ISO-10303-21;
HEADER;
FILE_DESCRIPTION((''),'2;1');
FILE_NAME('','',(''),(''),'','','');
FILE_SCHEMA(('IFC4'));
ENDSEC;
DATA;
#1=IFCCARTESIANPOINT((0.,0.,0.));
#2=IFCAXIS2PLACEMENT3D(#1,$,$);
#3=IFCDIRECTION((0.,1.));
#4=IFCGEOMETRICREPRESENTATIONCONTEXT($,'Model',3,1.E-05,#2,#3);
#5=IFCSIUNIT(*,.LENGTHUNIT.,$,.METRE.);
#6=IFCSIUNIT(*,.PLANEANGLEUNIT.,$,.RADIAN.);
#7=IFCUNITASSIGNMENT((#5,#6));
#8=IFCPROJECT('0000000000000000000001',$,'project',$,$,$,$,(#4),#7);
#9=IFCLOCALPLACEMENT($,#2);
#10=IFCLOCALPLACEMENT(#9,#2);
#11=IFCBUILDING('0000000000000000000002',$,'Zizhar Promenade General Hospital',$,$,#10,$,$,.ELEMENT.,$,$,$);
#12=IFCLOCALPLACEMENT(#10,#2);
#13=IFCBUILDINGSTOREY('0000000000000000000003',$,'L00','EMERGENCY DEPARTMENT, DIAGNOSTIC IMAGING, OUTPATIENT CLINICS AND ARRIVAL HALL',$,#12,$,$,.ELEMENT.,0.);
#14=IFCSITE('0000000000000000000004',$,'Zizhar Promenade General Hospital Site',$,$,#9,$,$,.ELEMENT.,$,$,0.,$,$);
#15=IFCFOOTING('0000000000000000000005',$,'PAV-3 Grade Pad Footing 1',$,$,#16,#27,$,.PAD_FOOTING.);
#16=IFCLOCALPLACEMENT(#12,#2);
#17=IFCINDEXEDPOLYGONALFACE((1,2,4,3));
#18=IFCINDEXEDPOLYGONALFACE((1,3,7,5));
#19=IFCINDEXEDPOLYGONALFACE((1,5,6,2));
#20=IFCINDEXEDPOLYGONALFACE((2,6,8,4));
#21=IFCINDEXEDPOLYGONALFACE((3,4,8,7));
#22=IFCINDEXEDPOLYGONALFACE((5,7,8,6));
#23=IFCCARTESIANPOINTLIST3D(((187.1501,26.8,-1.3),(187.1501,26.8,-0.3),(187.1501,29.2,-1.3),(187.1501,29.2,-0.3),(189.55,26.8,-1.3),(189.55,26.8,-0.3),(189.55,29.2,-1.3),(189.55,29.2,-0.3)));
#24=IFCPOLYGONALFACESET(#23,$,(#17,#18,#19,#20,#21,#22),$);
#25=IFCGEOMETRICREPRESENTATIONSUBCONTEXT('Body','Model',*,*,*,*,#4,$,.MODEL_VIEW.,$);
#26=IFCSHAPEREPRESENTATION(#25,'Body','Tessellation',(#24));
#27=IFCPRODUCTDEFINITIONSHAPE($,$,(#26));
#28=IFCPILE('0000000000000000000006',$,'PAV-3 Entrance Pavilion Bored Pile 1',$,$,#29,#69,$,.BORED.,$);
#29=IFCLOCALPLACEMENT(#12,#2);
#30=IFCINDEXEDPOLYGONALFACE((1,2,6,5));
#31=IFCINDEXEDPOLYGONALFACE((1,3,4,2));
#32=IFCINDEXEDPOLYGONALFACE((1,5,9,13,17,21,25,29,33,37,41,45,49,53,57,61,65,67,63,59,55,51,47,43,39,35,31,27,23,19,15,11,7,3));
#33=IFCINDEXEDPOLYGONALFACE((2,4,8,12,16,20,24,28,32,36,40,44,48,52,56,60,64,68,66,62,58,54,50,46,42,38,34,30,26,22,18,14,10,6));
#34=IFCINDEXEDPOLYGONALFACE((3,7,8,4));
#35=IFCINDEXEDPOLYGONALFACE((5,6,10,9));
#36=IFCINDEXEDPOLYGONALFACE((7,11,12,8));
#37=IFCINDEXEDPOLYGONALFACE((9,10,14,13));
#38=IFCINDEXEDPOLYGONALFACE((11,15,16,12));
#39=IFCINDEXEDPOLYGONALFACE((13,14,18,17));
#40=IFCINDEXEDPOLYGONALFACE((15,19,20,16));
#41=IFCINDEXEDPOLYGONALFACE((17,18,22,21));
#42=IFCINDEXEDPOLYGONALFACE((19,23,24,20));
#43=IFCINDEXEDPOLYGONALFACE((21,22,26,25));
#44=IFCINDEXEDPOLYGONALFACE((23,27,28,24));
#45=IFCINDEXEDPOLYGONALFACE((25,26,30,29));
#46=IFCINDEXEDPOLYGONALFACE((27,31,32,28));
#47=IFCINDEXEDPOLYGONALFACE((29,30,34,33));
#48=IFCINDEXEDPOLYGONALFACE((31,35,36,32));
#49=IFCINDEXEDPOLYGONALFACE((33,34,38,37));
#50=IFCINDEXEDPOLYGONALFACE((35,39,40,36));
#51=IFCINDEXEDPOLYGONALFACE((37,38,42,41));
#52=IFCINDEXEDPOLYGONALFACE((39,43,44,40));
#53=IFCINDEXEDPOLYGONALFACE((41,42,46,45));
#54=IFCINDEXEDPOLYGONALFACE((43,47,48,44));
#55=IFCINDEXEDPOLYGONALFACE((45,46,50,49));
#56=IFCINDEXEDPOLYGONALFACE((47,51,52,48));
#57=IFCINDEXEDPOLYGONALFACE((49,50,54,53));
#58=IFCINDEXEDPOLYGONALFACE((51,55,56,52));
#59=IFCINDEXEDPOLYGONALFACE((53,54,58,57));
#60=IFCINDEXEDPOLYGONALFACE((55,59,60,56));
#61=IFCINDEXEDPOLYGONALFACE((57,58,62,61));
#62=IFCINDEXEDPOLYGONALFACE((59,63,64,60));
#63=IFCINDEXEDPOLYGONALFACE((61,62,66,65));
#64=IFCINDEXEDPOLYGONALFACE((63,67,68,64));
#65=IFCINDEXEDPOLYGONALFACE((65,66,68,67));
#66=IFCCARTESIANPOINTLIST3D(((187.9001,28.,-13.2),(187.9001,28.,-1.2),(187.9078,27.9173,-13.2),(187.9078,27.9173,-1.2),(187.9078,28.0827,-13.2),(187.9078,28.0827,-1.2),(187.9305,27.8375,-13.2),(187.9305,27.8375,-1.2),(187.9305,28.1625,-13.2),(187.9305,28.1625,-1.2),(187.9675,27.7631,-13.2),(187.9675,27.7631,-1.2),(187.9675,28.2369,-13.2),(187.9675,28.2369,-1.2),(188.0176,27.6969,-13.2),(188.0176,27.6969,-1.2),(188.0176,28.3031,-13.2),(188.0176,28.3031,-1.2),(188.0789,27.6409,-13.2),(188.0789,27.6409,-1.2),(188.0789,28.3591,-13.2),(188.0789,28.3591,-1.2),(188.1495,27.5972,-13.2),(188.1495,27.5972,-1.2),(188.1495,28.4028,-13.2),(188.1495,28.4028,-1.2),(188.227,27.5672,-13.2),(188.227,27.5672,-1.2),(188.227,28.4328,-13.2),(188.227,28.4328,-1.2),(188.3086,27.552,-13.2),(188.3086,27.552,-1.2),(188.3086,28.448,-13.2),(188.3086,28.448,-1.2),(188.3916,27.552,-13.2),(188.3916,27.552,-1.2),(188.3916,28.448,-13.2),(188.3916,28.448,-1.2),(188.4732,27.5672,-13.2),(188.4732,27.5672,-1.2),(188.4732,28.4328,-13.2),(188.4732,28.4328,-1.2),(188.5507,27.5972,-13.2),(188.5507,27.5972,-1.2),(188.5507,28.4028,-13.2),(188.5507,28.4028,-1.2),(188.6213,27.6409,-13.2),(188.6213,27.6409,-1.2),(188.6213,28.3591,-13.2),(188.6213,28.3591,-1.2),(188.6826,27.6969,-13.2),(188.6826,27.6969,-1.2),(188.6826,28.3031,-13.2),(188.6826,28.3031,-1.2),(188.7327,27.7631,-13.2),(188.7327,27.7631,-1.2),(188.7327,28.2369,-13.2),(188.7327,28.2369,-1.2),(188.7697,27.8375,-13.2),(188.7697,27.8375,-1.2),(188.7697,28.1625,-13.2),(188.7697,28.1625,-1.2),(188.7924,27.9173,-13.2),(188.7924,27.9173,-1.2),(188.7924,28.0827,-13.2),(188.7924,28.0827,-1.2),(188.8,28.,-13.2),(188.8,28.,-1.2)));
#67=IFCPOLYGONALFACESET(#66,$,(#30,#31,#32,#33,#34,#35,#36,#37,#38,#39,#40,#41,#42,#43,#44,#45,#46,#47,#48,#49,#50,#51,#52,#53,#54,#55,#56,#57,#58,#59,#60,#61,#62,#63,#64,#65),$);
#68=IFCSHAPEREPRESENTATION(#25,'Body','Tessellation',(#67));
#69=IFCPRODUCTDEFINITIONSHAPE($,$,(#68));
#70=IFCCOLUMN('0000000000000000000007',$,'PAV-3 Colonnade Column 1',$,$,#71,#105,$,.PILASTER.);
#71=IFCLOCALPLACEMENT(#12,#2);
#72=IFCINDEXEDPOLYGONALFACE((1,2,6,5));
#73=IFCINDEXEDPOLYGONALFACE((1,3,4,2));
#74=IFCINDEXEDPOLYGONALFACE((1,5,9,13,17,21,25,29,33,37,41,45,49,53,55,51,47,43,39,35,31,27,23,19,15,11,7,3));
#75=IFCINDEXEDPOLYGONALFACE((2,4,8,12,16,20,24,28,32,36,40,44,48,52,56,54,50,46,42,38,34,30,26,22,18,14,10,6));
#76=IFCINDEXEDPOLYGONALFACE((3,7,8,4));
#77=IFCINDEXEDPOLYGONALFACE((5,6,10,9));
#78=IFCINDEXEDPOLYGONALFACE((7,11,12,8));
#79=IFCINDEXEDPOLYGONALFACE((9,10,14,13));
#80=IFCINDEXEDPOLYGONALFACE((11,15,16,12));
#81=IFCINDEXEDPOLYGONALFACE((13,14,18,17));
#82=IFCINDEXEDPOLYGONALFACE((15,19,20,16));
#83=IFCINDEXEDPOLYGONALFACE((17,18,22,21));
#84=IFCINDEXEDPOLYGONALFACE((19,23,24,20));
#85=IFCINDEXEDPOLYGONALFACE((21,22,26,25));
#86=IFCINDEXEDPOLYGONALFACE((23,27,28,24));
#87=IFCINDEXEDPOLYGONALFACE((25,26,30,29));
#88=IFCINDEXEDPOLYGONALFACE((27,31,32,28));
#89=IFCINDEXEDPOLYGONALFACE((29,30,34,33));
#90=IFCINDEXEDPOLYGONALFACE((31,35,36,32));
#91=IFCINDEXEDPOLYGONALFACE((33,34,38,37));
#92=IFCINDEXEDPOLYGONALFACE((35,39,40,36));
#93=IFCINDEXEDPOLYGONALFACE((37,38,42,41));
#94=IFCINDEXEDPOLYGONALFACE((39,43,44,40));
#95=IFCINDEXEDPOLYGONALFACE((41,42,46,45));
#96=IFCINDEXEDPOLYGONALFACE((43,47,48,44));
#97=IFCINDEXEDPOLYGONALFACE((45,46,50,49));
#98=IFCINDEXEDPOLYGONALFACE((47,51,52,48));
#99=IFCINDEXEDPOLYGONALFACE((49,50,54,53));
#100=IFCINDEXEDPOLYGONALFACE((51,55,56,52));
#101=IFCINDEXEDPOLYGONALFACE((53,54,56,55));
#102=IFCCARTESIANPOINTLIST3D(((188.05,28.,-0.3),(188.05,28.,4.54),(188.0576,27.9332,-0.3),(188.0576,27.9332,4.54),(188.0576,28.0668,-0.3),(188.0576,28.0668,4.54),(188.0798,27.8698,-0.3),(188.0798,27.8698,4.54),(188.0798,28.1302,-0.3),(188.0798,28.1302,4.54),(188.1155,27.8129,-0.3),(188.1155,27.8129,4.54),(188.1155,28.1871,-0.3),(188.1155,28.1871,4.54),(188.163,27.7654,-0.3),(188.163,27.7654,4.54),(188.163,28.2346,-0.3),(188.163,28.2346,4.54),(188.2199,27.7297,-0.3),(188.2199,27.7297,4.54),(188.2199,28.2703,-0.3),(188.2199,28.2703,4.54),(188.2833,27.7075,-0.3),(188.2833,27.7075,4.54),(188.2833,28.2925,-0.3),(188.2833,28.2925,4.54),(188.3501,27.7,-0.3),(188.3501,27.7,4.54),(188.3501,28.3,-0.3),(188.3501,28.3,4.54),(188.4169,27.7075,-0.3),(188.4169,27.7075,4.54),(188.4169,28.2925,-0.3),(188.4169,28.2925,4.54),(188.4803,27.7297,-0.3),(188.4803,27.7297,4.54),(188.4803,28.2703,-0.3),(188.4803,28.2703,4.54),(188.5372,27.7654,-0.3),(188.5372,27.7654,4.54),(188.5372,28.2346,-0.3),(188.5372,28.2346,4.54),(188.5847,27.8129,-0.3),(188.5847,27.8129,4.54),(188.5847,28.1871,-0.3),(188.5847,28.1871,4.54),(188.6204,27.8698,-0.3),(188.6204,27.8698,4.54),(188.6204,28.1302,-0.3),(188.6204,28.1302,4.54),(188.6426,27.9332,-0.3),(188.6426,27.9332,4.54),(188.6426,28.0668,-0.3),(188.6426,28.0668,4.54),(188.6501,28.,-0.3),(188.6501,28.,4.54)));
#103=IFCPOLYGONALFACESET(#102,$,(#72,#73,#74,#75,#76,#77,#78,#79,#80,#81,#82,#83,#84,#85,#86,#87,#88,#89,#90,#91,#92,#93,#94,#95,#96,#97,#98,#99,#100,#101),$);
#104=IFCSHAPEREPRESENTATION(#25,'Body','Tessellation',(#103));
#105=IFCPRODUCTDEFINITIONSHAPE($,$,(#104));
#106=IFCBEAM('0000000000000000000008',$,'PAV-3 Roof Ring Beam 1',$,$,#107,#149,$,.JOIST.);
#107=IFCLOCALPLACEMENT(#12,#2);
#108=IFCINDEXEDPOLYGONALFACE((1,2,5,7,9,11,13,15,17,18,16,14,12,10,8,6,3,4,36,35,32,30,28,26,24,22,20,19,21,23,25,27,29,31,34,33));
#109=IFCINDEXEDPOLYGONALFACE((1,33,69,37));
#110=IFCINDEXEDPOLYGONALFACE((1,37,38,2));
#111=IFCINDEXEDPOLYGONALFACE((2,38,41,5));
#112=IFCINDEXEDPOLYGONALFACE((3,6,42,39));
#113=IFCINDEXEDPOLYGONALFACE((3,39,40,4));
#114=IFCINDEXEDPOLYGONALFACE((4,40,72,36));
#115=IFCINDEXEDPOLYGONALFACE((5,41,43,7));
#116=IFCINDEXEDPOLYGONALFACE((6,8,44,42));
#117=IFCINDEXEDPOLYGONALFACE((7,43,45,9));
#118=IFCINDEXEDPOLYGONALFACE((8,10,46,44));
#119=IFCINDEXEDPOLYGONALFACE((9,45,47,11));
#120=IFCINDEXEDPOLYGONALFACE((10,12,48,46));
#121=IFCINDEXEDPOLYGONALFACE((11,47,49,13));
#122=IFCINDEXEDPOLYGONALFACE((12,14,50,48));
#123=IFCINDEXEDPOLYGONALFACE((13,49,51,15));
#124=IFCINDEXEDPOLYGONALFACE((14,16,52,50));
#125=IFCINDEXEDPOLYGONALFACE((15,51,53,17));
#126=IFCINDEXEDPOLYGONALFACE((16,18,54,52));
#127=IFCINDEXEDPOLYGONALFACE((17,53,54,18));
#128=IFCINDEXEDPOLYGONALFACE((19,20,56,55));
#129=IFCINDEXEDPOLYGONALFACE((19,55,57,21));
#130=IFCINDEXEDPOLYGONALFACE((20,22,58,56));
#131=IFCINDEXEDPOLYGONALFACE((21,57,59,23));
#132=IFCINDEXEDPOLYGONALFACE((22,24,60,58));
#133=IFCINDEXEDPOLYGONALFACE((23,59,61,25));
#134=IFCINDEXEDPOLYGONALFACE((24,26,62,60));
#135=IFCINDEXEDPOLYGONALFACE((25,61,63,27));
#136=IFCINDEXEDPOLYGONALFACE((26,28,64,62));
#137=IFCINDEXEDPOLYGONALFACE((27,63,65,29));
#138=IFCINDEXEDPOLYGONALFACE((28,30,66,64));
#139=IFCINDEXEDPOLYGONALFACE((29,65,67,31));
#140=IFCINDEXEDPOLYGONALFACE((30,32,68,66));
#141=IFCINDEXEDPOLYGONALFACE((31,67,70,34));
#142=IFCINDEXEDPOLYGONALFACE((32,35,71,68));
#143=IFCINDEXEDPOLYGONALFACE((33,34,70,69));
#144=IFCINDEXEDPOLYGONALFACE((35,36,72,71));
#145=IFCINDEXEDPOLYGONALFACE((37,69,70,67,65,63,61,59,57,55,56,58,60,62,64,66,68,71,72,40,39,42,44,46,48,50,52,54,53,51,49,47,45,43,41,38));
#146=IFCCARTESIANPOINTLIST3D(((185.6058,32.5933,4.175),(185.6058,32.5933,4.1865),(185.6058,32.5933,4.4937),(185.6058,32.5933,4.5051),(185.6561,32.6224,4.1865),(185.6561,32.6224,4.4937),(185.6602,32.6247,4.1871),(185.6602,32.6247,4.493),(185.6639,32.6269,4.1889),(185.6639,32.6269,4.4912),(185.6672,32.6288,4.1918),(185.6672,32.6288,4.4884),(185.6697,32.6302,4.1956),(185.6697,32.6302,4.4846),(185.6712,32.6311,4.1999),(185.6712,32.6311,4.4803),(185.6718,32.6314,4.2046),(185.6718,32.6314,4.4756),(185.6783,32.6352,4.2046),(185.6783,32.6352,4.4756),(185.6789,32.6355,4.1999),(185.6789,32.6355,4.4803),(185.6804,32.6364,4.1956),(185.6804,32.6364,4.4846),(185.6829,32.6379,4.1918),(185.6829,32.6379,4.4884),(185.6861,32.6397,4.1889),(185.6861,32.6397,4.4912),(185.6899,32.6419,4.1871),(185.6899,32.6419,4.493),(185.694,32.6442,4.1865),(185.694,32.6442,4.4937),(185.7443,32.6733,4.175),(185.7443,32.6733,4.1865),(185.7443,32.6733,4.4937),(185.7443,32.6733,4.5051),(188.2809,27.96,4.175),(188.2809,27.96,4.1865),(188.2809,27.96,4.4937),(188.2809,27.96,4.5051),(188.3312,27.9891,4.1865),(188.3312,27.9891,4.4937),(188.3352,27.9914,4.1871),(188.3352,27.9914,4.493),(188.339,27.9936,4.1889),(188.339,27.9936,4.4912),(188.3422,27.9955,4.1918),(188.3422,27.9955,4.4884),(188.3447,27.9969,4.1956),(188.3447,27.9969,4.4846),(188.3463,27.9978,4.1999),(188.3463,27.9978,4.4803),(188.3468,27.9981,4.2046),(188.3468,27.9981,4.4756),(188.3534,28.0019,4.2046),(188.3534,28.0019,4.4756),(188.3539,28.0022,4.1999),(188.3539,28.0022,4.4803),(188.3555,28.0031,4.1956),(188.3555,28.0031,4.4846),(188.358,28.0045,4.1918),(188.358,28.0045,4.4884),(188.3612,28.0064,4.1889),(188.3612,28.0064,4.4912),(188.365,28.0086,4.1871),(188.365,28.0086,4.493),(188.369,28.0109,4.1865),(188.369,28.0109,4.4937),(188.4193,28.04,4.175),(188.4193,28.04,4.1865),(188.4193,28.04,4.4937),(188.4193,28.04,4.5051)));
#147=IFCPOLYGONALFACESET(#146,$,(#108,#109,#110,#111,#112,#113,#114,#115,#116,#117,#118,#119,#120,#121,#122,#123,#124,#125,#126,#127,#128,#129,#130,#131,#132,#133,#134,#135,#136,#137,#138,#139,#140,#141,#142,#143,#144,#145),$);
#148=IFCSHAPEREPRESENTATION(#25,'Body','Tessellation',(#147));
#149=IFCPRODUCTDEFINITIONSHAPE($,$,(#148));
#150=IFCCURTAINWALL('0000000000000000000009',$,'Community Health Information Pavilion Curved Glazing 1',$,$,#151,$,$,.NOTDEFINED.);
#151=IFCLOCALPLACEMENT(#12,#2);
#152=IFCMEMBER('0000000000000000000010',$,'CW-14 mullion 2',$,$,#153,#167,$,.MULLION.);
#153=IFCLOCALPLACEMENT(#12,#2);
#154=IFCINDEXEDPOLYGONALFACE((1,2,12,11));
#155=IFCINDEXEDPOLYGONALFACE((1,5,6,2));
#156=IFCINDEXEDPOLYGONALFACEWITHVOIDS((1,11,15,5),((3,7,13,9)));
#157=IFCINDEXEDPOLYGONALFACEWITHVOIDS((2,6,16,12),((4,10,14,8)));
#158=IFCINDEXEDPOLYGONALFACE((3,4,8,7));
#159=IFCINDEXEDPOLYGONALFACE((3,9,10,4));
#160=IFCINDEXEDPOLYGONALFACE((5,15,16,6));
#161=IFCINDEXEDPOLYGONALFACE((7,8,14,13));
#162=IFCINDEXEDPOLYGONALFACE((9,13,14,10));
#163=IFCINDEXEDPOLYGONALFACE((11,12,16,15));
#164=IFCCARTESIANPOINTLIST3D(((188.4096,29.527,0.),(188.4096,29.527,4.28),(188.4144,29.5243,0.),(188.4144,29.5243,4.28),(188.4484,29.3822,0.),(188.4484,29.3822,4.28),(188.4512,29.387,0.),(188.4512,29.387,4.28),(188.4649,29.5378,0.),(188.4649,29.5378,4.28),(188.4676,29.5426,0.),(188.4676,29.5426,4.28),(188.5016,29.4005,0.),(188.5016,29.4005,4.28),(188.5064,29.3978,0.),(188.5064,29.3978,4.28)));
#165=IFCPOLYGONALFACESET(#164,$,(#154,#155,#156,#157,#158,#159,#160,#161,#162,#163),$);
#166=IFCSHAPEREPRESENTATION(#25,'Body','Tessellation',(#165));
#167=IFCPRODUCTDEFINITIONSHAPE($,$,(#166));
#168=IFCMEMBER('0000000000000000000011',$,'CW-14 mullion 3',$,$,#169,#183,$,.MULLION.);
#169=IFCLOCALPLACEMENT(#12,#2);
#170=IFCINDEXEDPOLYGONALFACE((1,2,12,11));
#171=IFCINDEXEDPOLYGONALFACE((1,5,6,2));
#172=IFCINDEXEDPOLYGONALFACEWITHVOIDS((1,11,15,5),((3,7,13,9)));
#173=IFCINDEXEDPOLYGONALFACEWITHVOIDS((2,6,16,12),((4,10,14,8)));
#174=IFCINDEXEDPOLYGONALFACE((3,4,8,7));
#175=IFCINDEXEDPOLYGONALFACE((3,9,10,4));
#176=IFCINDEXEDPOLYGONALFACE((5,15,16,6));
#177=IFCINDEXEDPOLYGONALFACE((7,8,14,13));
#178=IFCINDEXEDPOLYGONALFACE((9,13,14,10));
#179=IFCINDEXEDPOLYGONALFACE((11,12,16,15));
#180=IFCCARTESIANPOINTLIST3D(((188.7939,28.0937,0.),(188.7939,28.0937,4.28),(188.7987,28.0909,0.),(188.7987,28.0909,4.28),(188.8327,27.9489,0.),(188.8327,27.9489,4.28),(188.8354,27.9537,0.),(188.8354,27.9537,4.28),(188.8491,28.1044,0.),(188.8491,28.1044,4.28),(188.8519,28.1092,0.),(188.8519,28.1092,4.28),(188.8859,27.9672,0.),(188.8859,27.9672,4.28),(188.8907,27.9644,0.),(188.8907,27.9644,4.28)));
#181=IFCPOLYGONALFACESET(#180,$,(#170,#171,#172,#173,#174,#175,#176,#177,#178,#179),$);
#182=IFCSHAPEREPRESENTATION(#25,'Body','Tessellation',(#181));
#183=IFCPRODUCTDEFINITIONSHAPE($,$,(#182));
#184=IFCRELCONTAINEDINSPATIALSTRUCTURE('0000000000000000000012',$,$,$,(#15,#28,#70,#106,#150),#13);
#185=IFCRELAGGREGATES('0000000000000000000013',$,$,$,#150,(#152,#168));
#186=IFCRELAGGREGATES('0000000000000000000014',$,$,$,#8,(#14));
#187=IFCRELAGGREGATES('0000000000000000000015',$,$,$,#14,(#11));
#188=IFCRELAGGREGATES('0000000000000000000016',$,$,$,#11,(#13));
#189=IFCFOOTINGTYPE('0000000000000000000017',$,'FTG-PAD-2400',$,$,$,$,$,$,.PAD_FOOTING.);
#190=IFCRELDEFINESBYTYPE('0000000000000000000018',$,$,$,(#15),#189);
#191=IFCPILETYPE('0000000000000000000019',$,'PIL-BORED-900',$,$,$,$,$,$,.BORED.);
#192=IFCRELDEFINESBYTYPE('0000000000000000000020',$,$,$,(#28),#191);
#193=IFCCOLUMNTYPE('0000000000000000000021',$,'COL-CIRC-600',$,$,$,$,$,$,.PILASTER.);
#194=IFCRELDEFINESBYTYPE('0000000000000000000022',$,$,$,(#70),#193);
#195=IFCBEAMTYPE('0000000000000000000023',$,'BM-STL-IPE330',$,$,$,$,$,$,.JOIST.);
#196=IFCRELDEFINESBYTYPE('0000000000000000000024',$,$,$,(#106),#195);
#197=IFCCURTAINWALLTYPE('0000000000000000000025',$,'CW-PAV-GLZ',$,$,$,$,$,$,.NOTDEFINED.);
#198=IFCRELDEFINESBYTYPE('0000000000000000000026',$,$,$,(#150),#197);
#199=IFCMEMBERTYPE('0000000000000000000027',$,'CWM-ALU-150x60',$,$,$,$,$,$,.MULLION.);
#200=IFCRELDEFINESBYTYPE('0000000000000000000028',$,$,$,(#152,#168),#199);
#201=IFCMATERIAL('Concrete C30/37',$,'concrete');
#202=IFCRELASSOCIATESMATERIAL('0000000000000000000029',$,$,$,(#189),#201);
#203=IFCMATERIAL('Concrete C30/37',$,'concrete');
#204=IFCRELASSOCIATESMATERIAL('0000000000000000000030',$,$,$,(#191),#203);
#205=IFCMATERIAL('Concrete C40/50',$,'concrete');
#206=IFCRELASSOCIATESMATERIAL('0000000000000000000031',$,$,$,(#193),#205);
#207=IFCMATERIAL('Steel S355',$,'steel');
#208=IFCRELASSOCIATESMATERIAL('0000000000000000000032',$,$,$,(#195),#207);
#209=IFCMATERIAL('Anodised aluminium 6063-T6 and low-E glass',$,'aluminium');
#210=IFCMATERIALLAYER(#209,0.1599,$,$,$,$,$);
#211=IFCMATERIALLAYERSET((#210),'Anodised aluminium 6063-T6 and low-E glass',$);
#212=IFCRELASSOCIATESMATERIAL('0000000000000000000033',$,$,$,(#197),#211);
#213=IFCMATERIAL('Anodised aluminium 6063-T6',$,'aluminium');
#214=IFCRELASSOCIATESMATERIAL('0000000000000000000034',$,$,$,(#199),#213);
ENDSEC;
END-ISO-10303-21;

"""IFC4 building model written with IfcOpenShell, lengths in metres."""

from ifc_helpers import new_model, si_unit, direction, frame, origin, origin_2d, place, context, subcontext, project, spatial, rectangle, hollow_rectangle, circle, i_section, extrude, material, layer, layer_set, material_profile, profile_set, type_object, element, aggregate, save


model = new_model("IFC4")

# Units and contexts
model_context = context("Model", 3, precision=1e-05, world=origin(), true_north=direction((0.0, 1.0)))
body_context = subcontext(model_context, "Body", "Model", "MODEL_VIEW")
ifc_project = project(units=[si_unit("LENGTHUNIT", "METRE"), si_unit("PLANEANGLEUNIT", "RADIAN")], contexts=[model_context])

# Site, building, storey
site_placement = place(None, origin())
site = spatial("IfcSite", under=ifc_project, at=site_placement, Name="Zizhar Promenade General Hospital Site", CompositionType="ELEMENT", RefElevation=0.0)
building_placement = place(site_placement, origin())
building = spatial("IfcBuilding", under=site, at=building_placement, Name="Zizhar Promenade General Hospital", CompositionType="ELEMENT")
storey_placement = place(building_placement, origin())
storey = spatial("IfcBuildingStorey", under=building, at=storey_placement, Name="L00", Description="EMERGENCY DEPARTMENT, DIAGNOSTIC IMAGING, OUTPATIENT CLINICS AND ARRIVAL HALL", CompositionType="ELEMENT", Elevation=0.0)

# Footing
ifc_material_1 = material(Name="Concrete C30/37", Category="concrete")
footing_type = type_object("IfcFootingType", Name="FTG-PAD-2400", PredefinedType="PAD_FOOTING", material=ifc_material_1)
footing_placement = place(storey_placement, frame((188.3501, 28.0, -1.3), z_axis=(0.0, 0.0, 1.0), x_axis=(1.0, 0.0, 0.0)))
element("IfcFooting", 1, at=footing_placement, inside=storey, type_object=footing_type, Name="PAV-3 Grade Pad Footing 1", PredefinedType="PAD_FOOTING", context=body_context, shape_type="SweptSolid", body=[
    extrude(rectangle(XDim=2.3999, YDim=2.3999, at=origin_2d()), origin(), (0.0, 0.0, 1.0), 1.0),
])

# Pile
ifc_material_2 = material(Name="Concrete C30/37", Category="concrete")
ifc_material_profile_1 = material_profile(ifc_material_2, circle(Radius=0.45, at=origin_2d()))
ifc_profile_set_1 = profile_set([ifc_material_profile_1], Name="Concrete C30/37")
pile_type = type_object("IfcPileType", Name="PIL-BORED-900", PredefinedType="BORED", material=ifc_profile_set_1)
pile_placement = place(storey_placement, frame((188.3501, 28.0, -1.2), z_axis=(0.0, 0.0, -1.0), x_axis=(1.0, 0.0, 0.0)))
element("IfcPile", 2, at=pile_placement, inside=storey, type_object=pile_type, Name="PAV-3 Entrance Pavilion Bored Pile 1", PredefinedType="BORED", context=body_context, shape_type="SweptSolid", body=[
    extrude(circle(Radius=0.45, at=origin_2d()), origin(), (0.0, 0.0, 1.0), 12.0),
])

# Column
ifc_material_3 = material(Name="Concrete C40/50", Category="concrete")
ifc_material_profile_2 = material_profile(ifc_material_3, circle(Radius=0.3, at=origin_2d()))
ifc_profile_set_2 = profile_set([ifc_material_profile_2], Name="Concrete C40/50")
column_type = type_object("IfcColumnType", Name="COL-CIRC-600", PredefinedType="PILASTER", material=ifc_profile_set_2)
column_placement = place(storey_placement, frame((188.3501, 28.0, -0.3), z_axis=(0.0, 0.0, 1.0), x_axis=(1.0, 0.0, 0.0)))
element("IfcColumn", 3, at=column_placement, inside=storey, type_object=column_type, Name="PAV-3 Colonnade Column 1", PredefinedType="PILASTER", context=body_context, shape_type="SweptSolid", body=[
    extrude(circle(Radius=0.3, at=origin_2d()), origin(), (0.0, 0.0, 1.0), 4.8401),
])

# Beam
ifc_material_4 = material(Name="Steel S355", Category="steel")
ifc_material_profile_3 = material_profile(ifc_material_4, i_section(OverallWidth=0.1599, OverallDepth=0.3301, WebThickness=0.0076, FlangeThickness=0.0115, FilletRadius=0.0181, at=origin_2d()))
ifc_profile_set_3 = profile_set([ifc_material_profile_3], Name="Steel S355")
beam_type = type_object("IfcBeamType", Name="BM-STL-IPE330", PredefinedType="JOIST", material=ifc_profile_set_3)
beam_placement = place(storey_placement, frame((188.3501, 28.0, 4.3401), z_axis=(-0.500002, 0.866024, 0.0), x_axis=(-0.866024, -0.500002, 0.0)))
element("IfcBeam", 4, at=beam_placement, inside=storey, type_object=beam_type, Name="PAV-3 Roof Ring Beam 1", PredefinedType="JOIST", context=body_context, shape_type="SweptSolid", body=[
    extrude(i_section(OverallWidth=0.1599, OverallDepth=0.3301, WebThickness=0.0076, FlangeThickness=0.0115, FilletRadius=0.0181, at=origin_2d()), origin(), (0.0, 0.0, 1.0), 5.3501),
])

# Curtain wall, members
ifc_material_5 = material(Name="Anodised aluminium 6063-T6 and low-E glass", Category="aluminium")
ifc_layer_1 = layer(ifc_material_5, 0.1599)
ifc_layer_set_1 = layer_set([ifc_layer_1], Name="Anodised aluminium 6063-T6 and low-E glass")
curtain_wall_type = type_object("IfcCurtainWallType", Name="CW-PAV-GLZ", PredefinedType="NOTDEFINED", material=ifc_layer_set_1)
curtain_wall_1_placement = place(storey_placement, origin())
curtain_wall_1 = element("IfcCurtainWall", 5, at=curtain_wall_1_placement, inside=storey, type_object=curtain_wall_type, Name="Community Health Information Pavilion Curved Glazing 1", PredefinedType="NOTDEFINED")
ifc_material_6 = material(Name="Anodised aluminium 6063-T6", Category="aluminium")
ifc_material_profile_4 = material_profile(ifc_material_6, hollow_rectangle(XDim=0.0601, YDim=0.1499, WallThickness=0.0039, at=origin_2d()))
ifc_profile_set_4 = profile_set([ifc_material_profile_4], Name="Anodised aluminium 6063-T6")
member_type_1 = type_object("IfcMemberType", Name="CWM-ALU-150x60", PredefinedType="MULLION", material=ifc_profile_set_4)
member_1_placement = place(storey_placement, frame((188.458, 29.4624, 0.0), z_axis=(0.0, 0.0, 1.0), x_axis=(0.965922, 0.258834, 0.0)))
member_1 = element("IfcMember", 6, at=member_1_placement, type_object=member_type_1, Name="CW-14 mullion 2", PredefinedType="MULLION", context=body_context, shape_type="SweptSolid", body=[
    extrude(hollow_rectangle(XDim=0.0601, YDim=0.1499, WallThickness=0.0039, at=origin_2d()), origin(), (0.0, 0.0, 1.0), 4.28),
])
member_2_placement = place(storey_placement, frame((188.8423, 28.0291, 0.0), z_axis=(0.0, 0.0, 1.0), x_axis=(0.965922, 0.258834, 0.0)))
member_2 = element("IfcMember", 7, at=member_2_placement, type_object=member_type_1, Name="CW-14 mullion 3", PredefinedType="MULLION", context=body_context, shape_type="SweptSolid", body=[
    extrude(hollow_rectangle(XDim=0.0601, YDim=0.1499, WallThickness=0.0039, at=origin_2d()), origin(), (0.0, 0.0, 1.0), 4.28),
])

aggregate(curtain_wall_1, [member_1, member_2])

save(model, "model.ifc")
